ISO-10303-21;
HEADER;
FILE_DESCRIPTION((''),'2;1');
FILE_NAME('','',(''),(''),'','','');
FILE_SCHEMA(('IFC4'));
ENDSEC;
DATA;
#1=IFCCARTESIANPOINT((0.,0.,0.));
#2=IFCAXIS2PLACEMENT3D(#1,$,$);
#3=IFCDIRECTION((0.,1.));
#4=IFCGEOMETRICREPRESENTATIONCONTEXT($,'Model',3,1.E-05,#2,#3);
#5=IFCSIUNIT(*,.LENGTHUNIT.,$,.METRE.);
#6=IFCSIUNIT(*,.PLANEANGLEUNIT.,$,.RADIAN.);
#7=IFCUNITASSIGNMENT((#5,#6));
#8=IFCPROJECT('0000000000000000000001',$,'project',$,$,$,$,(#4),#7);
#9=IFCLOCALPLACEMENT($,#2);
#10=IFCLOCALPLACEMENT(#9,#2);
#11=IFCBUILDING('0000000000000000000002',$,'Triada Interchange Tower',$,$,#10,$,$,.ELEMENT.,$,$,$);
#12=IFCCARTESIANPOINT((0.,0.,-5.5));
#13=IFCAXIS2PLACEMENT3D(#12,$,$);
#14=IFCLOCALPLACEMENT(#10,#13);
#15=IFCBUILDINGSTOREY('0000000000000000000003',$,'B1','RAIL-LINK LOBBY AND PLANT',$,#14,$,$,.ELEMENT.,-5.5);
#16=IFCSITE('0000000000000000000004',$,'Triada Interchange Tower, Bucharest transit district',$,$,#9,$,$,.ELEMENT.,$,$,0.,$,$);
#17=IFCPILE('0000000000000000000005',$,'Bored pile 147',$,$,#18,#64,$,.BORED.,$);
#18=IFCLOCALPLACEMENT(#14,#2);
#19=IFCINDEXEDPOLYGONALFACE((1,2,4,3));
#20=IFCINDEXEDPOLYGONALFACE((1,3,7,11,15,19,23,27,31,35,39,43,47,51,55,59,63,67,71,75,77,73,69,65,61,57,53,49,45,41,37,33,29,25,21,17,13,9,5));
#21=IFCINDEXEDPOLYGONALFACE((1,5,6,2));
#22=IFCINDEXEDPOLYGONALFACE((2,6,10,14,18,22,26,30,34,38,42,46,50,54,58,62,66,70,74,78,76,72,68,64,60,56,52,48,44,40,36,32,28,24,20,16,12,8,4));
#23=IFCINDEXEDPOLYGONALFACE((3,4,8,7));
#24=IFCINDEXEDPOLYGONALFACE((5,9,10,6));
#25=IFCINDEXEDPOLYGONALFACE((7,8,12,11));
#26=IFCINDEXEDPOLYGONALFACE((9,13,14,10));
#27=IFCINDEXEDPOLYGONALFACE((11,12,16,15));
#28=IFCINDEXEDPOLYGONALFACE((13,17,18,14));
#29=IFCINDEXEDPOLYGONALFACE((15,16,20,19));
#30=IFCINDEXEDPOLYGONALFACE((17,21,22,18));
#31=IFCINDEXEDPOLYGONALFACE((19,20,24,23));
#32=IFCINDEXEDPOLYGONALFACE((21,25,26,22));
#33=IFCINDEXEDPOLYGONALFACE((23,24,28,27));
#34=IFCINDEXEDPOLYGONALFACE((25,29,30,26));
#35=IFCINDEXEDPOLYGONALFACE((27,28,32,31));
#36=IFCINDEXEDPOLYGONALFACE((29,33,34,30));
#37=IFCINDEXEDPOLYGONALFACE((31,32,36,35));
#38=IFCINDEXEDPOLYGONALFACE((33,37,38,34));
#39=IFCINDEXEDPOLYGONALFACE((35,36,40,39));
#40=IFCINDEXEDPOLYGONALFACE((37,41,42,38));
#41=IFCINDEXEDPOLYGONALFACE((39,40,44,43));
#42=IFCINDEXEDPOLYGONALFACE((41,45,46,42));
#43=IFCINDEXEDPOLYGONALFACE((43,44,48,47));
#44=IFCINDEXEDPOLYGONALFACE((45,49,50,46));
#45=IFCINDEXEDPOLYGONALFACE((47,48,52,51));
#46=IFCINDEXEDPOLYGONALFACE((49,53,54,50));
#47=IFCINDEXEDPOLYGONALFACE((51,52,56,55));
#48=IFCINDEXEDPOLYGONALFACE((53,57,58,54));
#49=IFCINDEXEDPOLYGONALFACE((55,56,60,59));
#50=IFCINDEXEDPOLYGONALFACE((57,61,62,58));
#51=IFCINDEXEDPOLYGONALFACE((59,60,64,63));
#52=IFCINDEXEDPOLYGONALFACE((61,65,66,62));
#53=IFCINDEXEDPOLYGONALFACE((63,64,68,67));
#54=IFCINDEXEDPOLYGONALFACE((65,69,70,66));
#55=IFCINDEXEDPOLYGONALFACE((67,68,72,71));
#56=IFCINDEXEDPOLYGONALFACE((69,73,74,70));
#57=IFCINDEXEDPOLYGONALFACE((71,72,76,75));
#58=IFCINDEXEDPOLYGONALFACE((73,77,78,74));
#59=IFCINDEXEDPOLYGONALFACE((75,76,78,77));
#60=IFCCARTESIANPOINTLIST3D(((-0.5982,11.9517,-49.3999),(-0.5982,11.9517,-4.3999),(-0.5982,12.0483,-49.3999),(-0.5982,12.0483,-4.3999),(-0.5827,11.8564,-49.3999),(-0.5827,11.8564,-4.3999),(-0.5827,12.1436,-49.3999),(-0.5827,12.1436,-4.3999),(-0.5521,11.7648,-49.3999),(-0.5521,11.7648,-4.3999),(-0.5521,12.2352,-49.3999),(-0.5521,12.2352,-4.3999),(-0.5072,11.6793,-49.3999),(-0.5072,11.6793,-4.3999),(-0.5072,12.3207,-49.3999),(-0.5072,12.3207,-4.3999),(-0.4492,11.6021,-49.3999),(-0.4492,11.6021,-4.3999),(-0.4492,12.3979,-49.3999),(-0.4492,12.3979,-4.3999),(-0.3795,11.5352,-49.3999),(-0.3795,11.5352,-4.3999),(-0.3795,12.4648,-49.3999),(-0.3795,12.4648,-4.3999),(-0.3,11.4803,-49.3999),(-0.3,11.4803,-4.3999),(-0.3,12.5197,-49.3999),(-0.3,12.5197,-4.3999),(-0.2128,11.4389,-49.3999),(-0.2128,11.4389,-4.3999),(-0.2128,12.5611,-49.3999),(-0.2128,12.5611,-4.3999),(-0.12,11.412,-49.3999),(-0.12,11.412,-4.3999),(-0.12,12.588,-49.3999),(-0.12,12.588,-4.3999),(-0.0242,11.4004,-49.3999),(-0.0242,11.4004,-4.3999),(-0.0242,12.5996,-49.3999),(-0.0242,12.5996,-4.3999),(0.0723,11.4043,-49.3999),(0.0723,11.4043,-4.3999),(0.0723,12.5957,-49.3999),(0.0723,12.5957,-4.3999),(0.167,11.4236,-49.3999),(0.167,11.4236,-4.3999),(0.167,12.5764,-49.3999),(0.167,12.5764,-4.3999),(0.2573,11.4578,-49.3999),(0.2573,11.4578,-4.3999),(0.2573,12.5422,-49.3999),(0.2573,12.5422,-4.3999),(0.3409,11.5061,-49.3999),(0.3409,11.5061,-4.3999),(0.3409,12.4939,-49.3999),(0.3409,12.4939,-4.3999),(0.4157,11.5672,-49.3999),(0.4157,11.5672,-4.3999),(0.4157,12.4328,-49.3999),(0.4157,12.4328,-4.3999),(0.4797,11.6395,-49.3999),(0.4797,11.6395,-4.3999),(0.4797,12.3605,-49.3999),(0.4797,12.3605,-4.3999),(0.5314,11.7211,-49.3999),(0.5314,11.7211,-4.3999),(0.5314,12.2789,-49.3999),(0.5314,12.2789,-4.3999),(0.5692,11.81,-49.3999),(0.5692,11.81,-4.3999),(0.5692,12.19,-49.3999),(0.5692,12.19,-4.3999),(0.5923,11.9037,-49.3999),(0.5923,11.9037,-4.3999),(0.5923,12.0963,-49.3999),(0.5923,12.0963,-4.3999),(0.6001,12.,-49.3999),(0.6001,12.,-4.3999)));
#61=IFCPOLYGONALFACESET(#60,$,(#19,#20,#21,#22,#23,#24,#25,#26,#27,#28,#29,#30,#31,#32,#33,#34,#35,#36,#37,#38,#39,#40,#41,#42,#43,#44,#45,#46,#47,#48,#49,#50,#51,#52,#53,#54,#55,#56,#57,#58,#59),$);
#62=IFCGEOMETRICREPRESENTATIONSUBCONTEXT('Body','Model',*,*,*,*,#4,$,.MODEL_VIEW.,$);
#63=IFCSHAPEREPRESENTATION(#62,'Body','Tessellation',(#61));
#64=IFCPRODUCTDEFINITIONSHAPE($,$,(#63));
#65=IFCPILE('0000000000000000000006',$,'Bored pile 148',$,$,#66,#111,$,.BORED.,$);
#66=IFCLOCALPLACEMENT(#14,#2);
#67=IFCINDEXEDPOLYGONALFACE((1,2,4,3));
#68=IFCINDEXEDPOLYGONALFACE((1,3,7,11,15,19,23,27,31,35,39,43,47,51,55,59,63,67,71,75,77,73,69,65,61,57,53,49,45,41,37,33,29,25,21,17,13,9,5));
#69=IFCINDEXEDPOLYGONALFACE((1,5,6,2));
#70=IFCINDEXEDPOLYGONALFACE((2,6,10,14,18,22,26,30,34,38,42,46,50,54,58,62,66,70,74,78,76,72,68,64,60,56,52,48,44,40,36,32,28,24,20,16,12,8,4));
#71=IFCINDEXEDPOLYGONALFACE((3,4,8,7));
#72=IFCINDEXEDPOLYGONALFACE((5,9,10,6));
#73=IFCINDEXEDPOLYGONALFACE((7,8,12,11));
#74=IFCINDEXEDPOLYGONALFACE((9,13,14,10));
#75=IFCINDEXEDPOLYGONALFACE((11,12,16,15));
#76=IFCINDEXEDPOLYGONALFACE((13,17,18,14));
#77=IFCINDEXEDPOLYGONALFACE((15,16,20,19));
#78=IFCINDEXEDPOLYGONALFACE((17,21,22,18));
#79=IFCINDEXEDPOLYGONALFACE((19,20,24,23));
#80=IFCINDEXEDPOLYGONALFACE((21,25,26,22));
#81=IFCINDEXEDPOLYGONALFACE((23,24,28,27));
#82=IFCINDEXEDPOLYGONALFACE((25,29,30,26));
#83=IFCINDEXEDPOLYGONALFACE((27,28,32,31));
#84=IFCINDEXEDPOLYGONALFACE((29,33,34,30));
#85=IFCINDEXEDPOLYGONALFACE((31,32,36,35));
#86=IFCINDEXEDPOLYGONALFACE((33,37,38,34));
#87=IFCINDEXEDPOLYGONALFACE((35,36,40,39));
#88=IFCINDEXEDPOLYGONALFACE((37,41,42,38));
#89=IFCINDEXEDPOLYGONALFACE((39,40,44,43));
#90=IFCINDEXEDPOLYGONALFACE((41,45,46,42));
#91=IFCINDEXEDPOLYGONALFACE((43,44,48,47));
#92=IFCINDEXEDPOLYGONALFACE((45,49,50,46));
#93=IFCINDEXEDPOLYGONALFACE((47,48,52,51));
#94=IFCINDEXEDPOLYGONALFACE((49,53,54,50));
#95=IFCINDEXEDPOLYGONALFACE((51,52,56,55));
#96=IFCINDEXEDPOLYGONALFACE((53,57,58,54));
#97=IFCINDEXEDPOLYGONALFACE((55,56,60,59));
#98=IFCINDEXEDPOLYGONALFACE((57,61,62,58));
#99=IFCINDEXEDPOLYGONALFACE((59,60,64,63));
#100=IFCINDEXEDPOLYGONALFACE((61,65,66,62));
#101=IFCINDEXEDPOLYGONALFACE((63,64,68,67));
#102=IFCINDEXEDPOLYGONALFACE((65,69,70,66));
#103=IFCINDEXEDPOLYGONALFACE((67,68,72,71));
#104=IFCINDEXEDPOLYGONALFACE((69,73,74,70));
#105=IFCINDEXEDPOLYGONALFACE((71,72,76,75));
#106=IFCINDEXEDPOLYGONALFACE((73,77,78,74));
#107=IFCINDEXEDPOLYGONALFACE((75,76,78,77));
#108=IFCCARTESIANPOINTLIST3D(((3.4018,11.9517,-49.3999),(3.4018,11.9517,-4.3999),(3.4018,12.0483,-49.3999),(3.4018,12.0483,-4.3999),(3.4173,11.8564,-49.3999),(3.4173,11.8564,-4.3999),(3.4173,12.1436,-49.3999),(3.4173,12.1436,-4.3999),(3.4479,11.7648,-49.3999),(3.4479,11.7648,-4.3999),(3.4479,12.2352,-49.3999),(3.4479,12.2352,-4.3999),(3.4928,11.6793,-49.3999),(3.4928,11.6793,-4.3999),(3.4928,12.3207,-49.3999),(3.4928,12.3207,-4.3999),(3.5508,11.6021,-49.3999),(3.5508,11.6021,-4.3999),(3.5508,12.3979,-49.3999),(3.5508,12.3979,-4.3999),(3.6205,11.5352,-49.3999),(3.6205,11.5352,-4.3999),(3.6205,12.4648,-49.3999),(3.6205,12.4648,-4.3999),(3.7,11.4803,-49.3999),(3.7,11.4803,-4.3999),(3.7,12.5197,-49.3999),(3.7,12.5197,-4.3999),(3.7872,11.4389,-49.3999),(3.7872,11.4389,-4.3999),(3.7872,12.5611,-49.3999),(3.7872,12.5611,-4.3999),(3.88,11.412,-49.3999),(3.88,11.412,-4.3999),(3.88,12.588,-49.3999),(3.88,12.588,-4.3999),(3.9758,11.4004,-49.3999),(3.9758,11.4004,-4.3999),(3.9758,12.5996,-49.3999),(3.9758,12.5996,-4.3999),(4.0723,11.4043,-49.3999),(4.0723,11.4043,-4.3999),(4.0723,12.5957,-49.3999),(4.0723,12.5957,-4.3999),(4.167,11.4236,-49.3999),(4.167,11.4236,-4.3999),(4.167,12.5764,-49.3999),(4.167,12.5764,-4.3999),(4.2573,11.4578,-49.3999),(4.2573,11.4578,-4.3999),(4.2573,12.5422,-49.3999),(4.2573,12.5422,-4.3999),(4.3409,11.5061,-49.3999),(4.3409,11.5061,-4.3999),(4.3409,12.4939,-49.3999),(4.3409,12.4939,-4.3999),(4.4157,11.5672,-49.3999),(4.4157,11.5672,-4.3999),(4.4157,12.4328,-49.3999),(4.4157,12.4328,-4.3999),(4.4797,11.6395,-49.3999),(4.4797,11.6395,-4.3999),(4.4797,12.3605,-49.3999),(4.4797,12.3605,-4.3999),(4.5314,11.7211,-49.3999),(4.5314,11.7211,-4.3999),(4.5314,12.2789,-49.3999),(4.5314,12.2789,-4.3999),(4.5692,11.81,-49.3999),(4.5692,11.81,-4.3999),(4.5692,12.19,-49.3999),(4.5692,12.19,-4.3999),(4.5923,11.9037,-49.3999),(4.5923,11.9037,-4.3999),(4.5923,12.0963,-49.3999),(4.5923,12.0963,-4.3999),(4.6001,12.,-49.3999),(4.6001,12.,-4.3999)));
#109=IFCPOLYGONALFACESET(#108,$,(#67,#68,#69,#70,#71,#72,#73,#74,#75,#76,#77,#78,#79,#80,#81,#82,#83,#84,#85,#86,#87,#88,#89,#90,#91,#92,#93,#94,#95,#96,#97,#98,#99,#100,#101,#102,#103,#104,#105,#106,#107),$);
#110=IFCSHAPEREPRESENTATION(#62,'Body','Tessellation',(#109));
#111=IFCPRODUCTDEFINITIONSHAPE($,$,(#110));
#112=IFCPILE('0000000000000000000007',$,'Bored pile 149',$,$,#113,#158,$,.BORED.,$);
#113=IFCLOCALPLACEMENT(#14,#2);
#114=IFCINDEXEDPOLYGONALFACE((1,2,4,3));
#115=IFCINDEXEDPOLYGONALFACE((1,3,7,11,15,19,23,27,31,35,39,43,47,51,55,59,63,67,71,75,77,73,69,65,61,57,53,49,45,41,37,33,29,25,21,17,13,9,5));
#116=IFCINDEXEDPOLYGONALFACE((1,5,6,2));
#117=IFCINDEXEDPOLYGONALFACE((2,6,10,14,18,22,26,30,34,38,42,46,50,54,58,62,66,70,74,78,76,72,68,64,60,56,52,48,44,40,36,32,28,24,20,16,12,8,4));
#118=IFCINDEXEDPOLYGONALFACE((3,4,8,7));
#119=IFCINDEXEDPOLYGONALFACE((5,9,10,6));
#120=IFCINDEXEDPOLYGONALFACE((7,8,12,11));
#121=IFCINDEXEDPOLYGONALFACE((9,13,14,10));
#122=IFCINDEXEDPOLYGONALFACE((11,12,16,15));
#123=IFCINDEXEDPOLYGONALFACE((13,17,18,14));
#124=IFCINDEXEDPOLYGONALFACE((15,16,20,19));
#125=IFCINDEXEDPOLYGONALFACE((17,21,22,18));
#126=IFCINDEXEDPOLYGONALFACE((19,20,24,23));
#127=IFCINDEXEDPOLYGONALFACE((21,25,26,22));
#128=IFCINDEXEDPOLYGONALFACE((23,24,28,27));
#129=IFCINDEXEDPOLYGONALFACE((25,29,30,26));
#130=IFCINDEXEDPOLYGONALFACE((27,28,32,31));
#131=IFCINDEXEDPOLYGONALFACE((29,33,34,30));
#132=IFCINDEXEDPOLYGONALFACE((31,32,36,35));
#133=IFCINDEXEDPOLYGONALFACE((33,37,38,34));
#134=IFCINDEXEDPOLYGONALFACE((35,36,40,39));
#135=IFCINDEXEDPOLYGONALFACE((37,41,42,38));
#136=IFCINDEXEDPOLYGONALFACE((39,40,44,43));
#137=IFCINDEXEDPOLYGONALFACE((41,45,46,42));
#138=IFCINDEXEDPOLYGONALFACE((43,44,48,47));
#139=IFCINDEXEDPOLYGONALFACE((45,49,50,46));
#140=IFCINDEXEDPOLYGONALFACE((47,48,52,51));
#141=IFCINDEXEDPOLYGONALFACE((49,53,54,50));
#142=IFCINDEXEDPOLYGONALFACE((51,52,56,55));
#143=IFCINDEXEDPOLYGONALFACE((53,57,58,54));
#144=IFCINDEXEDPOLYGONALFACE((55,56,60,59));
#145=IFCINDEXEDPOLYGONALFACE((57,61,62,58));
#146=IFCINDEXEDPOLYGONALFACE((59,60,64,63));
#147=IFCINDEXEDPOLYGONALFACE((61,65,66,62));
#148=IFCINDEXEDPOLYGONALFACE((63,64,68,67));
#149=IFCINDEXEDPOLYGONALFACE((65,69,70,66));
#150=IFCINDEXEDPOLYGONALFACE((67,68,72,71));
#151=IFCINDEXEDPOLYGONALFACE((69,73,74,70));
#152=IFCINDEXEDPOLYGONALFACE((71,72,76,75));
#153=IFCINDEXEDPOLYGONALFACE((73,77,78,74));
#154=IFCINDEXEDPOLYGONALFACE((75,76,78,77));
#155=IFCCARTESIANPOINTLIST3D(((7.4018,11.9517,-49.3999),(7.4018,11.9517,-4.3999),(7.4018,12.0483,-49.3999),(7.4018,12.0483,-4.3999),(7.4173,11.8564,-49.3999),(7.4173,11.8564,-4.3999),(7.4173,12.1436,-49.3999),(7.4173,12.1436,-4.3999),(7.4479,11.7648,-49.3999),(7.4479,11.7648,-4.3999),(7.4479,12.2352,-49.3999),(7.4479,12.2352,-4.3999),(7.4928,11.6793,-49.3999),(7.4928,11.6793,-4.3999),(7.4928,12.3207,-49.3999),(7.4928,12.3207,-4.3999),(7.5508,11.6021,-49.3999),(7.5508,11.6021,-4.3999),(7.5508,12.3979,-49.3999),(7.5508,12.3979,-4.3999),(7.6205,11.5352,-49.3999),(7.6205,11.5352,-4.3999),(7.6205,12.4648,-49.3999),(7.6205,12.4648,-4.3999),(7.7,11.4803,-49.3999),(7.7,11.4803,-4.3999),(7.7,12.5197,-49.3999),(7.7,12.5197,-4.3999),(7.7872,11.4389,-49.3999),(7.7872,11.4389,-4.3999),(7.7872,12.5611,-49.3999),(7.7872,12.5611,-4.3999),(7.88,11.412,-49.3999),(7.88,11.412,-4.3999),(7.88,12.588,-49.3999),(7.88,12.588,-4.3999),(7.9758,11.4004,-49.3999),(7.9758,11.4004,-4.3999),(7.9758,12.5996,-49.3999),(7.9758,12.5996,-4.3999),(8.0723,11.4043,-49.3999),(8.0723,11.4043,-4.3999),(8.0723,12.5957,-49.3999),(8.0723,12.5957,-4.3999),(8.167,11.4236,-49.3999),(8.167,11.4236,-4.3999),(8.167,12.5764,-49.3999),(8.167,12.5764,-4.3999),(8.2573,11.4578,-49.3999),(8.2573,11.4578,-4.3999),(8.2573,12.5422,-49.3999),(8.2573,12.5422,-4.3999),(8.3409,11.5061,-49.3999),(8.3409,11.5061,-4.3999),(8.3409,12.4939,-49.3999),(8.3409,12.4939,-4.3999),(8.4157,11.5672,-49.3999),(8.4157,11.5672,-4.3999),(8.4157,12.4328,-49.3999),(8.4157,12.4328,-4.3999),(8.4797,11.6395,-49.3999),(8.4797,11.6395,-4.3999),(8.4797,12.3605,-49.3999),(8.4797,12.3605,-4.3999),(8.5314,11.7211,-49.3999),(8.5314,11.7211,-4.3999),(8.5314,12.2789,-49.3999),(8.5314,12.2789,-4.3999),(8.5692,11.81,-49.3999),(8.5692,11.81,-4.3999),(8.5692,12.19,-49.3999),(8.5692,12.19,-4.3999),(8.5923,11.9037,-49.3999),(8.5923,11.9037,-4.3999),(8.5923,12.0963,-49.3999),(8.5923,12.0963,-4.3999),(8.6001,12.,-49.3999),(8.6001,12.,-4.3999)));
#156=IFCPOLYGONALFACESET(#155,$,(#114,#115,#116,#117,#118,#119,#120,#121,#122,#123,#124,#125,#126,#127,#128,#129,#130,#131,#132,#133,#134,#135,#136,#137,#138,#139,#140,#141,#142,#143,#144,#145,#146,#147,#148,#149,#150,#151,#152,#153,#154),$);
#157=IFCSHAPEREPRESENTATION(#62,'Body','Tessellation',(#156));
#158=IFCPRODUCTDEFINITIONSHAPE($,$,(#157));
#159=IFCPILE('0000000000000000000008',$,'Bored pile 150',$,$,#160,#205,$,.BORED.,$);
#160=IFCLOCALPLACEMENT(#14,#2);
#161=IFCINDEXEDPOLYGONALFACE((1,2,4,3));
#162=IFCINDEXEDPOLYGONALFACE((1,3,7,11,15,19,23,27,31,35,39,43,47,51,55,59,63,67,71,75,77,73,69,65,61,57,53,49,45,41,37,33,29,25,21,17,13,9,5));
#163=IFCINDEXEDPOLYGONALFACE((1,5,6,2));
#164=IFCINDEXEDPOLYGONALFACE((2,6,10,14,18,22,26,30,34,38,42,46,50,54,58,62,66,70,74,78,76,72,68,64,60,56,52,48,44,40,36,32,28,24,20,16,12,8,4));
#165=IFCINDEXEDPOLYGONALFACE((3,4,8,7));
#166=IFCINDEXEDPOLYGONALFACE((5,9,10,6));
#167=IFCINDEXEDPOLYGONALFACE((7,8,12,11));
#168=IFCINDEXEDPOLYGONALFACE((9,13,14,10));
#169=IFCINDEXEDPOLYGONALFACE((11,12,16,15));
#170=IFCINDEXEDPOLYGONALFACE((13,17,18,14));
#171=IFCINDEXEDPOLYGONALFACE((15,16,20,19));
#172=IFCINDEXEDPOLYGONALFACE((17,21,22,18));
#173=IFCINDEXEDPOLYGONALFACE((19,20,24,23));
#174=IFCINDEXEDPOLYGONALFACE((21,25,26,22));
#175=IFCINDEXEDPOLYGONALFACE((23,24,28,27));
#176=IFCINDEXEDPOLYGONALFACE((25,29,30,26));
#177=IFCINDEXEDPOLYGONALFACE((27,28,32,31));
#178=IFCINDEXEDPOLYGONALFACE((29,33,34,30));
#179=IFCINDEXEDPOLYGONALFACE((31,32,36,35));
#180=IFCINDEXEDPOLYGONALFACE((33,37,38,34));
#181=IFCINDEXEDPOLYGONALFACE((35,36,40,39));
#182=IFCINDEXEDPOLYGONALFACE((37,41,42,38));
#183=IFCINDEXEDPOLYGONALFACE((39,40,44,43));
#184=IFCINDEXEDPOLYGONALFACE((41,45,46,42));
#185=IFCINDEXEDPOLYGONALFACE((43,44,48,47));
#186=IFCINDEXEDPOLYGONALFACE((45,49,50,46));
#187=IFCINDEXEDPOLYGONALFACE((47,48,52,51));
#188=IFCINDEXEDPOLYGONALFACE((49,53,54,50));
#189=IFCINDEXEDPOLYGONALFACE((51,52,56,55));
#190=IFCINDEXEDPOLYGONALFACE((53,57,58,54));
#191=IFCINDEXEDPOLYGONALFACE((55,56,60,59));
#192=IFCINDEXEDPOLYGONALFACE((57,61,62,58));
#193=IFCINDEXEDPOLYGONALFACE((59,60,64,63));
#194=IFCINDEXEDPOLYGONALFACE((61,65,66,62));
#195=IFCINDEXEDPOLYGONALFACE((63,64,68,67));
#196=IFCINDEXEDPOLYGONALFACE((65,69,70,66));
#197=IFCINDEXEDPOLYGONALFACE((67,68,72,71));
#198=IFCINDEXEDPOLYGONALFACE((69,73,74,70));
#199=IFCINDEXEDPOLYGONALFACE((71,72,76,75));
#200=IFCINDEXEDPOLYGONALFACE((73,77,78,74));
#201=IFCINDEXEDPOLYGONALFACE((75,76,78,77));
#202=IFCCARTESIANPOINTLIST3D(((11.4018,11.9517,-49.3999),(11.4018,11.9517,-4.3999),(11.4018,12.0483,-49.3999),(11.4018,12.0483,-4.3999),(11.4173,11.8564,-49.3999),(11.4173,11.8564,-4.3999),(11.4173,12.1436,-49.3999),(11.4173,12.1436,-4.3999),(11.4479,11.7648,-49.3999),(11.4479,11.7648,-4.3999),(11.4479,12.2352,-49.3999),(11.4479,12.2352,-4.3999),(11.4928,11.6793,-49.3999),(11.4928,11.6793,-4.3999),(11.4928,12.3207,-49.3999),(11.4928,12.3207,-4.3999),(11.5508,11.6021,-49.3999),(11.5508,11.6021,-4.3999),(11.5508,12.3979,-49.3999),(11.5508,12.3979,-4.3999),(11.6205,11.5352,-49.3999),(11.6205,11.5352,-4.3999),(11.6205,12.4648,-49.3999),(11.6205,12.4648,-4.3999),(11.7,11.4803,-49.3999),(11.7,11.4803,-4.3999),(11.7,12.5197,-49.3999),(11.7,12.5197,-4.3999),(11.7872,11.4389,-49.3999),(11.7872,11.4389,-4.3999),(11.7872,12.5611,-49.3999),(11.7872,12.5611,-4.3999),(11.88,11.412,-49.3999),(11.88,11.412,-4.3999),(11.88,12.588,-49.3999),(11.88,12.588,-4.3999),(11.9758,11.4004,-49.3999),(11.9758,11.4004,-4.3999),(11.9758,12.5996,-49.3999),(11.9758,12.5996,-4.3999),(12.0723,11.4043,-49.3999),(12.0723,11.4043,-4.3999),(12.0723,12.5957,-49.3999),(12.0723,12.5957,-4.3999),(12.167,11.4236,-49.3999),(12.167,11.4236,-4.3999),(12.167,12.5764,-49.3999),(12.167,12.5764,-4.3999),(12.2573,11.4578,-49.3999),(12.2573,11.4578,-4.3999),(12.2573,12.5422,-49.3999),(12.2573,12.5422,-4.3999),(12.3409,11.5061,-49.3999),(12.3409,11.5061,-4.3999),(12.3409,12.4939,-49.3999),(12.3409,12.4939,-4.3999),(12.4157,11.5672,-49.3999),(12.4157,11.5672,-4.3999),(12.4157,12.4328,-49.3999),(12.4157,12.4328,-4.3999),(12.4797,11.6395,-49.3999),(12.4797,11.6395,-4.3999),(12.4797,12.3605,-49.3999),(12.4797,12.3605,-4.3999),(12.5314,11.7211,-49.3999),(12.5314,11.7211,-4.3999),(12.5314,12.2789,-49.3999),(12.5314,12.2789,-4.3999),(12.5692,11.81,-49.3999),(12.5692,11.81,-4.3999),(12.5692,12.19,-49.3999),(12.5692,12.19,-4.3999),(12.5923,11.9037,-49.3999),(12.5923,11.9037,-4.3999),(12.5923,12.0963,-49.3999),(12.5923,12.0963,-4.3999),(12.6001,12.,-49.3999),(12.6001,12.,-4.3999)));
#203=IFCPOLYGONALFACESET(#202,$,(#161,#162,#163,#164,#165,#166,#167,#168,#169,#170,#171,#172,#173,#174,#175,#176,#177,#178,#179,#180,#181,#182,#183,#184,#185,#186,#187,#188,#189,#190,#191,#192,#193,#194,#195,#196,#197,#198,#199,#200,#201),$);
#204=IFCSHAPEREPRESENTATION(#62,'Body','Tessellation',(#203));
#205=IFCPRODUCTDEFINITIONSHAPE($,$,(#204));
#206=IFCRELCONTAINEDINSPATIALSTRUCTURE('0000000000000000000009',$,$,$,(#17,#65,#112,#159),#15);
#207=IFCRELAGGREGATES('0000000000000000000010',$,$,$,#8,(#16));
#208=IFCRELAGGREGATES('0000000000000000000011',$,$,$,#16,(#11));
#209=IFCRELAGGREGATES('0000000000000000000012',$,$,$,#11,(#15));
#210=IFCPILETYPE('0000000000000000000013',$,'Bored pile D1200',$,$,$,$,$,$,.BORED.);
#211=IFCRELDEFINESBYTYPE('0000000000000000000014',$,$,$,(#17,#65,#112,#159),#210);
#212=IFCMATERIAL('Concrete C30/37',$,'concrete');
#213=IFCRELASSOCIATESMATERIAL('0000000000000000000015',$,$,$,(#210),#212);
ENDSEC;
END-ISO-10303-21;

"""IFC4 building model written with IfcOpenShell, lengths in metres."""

from ifc_helpers import new_model, si_unit, direction, frame, origin, origin_2d, place, context, subcontext, project, spatial, circle, extrude, material, material_profile, profile_set, type_object, element, save


model = new_model("IFC4")

# Units and contexts
model_context = context("Model", 3, precision=1e-05, world=origin(), true_north=direction((0.0, 1.0)))
body_context = subcontext(model_context, "Body", "Model", "MODEL_VIEW")
ifc_project = project(units=[si_unit("LENGTHUNIT", "METRE"), si_unit("PLANEANGLEUNIT", "RADIAN")], contexts=[model_context])

# Site, building, storey
site_placement = place(None, origin())
site = spatial("IfcSite", under=ifc_project, at=site_placement, Name="Triada Interchange Tower, Bucharest transit district", CompositionType="ELEMENT", RefElevation=0.0)
building_placement = place(site_placement, origin())
building = spatial("IfcBuilding", under=site, at=building_placement, Name="Triada Interchange Tower", CompositionType="ELEMENT")
storey_placement = place(building_placement, frame((0.0, 0.0, -5.5)))
storey = spatial("IfcBuildingStorey", under=building, at=storey_placement, Name="B1", Description="RAIL-LINK LOBBY AND PLANT", CompositionType="ELEMENT", Elevation=-5.5)

# Piles
ifc_material_1 = material(Name="Concrete C30/37", Category="concrete")
ifc_material_profile_1 = material_profile(ifc_material_1, circle(Radius=0.6001, at=origin_2d()), Name="RC D1200")
ifc_profile_set_1 = profile_set([ifc_material_profile_1], Name="Concrete C30/37")
pile_type = type_object("IfcPileType", Name="Bored pile D1200", PredefinedType="BORED", material=ifc_profile_set_1)
for number, where, z_axis, x_axis, name in (
    (1, (0.0, 12.0, -4.3999), (0.0, 0.0, -1.0), (1.0, 0.0, 0.0), "Bored pile 147"),
    (2, (4.0, 12.0, -4.3999), (0.0, 0.0, -1.0), (1.0, 0.0, 0.0), "Bored pile 148"),
    (3, (8.0, 12.0, -4.3999), (0.0, 0.0, -1.0), (1.0, 0.0, 0.0), "Bored pile 149"),
    (4, (12.0, 12.0, -4.3999), (0.0, 0.0, -1.0), (1.0, 0.0, 0.0), "Bored pile 150"),
):
    element("IfcPile", number, at=place(storey_placement, frame(where, z_axis=z_axis, x_axis=x_axis)), inside=storey, type_object=pile_type, Name=name, PredefinedType="BORED", context=body_context, shape_type="SweptSolid", body=[
        extrude(circle(Radius=0.6001, at=origin_2d()), origin(), (0.0, 0.0, 1.0), 45.0),
    ])

save(model, "model.ifc")
